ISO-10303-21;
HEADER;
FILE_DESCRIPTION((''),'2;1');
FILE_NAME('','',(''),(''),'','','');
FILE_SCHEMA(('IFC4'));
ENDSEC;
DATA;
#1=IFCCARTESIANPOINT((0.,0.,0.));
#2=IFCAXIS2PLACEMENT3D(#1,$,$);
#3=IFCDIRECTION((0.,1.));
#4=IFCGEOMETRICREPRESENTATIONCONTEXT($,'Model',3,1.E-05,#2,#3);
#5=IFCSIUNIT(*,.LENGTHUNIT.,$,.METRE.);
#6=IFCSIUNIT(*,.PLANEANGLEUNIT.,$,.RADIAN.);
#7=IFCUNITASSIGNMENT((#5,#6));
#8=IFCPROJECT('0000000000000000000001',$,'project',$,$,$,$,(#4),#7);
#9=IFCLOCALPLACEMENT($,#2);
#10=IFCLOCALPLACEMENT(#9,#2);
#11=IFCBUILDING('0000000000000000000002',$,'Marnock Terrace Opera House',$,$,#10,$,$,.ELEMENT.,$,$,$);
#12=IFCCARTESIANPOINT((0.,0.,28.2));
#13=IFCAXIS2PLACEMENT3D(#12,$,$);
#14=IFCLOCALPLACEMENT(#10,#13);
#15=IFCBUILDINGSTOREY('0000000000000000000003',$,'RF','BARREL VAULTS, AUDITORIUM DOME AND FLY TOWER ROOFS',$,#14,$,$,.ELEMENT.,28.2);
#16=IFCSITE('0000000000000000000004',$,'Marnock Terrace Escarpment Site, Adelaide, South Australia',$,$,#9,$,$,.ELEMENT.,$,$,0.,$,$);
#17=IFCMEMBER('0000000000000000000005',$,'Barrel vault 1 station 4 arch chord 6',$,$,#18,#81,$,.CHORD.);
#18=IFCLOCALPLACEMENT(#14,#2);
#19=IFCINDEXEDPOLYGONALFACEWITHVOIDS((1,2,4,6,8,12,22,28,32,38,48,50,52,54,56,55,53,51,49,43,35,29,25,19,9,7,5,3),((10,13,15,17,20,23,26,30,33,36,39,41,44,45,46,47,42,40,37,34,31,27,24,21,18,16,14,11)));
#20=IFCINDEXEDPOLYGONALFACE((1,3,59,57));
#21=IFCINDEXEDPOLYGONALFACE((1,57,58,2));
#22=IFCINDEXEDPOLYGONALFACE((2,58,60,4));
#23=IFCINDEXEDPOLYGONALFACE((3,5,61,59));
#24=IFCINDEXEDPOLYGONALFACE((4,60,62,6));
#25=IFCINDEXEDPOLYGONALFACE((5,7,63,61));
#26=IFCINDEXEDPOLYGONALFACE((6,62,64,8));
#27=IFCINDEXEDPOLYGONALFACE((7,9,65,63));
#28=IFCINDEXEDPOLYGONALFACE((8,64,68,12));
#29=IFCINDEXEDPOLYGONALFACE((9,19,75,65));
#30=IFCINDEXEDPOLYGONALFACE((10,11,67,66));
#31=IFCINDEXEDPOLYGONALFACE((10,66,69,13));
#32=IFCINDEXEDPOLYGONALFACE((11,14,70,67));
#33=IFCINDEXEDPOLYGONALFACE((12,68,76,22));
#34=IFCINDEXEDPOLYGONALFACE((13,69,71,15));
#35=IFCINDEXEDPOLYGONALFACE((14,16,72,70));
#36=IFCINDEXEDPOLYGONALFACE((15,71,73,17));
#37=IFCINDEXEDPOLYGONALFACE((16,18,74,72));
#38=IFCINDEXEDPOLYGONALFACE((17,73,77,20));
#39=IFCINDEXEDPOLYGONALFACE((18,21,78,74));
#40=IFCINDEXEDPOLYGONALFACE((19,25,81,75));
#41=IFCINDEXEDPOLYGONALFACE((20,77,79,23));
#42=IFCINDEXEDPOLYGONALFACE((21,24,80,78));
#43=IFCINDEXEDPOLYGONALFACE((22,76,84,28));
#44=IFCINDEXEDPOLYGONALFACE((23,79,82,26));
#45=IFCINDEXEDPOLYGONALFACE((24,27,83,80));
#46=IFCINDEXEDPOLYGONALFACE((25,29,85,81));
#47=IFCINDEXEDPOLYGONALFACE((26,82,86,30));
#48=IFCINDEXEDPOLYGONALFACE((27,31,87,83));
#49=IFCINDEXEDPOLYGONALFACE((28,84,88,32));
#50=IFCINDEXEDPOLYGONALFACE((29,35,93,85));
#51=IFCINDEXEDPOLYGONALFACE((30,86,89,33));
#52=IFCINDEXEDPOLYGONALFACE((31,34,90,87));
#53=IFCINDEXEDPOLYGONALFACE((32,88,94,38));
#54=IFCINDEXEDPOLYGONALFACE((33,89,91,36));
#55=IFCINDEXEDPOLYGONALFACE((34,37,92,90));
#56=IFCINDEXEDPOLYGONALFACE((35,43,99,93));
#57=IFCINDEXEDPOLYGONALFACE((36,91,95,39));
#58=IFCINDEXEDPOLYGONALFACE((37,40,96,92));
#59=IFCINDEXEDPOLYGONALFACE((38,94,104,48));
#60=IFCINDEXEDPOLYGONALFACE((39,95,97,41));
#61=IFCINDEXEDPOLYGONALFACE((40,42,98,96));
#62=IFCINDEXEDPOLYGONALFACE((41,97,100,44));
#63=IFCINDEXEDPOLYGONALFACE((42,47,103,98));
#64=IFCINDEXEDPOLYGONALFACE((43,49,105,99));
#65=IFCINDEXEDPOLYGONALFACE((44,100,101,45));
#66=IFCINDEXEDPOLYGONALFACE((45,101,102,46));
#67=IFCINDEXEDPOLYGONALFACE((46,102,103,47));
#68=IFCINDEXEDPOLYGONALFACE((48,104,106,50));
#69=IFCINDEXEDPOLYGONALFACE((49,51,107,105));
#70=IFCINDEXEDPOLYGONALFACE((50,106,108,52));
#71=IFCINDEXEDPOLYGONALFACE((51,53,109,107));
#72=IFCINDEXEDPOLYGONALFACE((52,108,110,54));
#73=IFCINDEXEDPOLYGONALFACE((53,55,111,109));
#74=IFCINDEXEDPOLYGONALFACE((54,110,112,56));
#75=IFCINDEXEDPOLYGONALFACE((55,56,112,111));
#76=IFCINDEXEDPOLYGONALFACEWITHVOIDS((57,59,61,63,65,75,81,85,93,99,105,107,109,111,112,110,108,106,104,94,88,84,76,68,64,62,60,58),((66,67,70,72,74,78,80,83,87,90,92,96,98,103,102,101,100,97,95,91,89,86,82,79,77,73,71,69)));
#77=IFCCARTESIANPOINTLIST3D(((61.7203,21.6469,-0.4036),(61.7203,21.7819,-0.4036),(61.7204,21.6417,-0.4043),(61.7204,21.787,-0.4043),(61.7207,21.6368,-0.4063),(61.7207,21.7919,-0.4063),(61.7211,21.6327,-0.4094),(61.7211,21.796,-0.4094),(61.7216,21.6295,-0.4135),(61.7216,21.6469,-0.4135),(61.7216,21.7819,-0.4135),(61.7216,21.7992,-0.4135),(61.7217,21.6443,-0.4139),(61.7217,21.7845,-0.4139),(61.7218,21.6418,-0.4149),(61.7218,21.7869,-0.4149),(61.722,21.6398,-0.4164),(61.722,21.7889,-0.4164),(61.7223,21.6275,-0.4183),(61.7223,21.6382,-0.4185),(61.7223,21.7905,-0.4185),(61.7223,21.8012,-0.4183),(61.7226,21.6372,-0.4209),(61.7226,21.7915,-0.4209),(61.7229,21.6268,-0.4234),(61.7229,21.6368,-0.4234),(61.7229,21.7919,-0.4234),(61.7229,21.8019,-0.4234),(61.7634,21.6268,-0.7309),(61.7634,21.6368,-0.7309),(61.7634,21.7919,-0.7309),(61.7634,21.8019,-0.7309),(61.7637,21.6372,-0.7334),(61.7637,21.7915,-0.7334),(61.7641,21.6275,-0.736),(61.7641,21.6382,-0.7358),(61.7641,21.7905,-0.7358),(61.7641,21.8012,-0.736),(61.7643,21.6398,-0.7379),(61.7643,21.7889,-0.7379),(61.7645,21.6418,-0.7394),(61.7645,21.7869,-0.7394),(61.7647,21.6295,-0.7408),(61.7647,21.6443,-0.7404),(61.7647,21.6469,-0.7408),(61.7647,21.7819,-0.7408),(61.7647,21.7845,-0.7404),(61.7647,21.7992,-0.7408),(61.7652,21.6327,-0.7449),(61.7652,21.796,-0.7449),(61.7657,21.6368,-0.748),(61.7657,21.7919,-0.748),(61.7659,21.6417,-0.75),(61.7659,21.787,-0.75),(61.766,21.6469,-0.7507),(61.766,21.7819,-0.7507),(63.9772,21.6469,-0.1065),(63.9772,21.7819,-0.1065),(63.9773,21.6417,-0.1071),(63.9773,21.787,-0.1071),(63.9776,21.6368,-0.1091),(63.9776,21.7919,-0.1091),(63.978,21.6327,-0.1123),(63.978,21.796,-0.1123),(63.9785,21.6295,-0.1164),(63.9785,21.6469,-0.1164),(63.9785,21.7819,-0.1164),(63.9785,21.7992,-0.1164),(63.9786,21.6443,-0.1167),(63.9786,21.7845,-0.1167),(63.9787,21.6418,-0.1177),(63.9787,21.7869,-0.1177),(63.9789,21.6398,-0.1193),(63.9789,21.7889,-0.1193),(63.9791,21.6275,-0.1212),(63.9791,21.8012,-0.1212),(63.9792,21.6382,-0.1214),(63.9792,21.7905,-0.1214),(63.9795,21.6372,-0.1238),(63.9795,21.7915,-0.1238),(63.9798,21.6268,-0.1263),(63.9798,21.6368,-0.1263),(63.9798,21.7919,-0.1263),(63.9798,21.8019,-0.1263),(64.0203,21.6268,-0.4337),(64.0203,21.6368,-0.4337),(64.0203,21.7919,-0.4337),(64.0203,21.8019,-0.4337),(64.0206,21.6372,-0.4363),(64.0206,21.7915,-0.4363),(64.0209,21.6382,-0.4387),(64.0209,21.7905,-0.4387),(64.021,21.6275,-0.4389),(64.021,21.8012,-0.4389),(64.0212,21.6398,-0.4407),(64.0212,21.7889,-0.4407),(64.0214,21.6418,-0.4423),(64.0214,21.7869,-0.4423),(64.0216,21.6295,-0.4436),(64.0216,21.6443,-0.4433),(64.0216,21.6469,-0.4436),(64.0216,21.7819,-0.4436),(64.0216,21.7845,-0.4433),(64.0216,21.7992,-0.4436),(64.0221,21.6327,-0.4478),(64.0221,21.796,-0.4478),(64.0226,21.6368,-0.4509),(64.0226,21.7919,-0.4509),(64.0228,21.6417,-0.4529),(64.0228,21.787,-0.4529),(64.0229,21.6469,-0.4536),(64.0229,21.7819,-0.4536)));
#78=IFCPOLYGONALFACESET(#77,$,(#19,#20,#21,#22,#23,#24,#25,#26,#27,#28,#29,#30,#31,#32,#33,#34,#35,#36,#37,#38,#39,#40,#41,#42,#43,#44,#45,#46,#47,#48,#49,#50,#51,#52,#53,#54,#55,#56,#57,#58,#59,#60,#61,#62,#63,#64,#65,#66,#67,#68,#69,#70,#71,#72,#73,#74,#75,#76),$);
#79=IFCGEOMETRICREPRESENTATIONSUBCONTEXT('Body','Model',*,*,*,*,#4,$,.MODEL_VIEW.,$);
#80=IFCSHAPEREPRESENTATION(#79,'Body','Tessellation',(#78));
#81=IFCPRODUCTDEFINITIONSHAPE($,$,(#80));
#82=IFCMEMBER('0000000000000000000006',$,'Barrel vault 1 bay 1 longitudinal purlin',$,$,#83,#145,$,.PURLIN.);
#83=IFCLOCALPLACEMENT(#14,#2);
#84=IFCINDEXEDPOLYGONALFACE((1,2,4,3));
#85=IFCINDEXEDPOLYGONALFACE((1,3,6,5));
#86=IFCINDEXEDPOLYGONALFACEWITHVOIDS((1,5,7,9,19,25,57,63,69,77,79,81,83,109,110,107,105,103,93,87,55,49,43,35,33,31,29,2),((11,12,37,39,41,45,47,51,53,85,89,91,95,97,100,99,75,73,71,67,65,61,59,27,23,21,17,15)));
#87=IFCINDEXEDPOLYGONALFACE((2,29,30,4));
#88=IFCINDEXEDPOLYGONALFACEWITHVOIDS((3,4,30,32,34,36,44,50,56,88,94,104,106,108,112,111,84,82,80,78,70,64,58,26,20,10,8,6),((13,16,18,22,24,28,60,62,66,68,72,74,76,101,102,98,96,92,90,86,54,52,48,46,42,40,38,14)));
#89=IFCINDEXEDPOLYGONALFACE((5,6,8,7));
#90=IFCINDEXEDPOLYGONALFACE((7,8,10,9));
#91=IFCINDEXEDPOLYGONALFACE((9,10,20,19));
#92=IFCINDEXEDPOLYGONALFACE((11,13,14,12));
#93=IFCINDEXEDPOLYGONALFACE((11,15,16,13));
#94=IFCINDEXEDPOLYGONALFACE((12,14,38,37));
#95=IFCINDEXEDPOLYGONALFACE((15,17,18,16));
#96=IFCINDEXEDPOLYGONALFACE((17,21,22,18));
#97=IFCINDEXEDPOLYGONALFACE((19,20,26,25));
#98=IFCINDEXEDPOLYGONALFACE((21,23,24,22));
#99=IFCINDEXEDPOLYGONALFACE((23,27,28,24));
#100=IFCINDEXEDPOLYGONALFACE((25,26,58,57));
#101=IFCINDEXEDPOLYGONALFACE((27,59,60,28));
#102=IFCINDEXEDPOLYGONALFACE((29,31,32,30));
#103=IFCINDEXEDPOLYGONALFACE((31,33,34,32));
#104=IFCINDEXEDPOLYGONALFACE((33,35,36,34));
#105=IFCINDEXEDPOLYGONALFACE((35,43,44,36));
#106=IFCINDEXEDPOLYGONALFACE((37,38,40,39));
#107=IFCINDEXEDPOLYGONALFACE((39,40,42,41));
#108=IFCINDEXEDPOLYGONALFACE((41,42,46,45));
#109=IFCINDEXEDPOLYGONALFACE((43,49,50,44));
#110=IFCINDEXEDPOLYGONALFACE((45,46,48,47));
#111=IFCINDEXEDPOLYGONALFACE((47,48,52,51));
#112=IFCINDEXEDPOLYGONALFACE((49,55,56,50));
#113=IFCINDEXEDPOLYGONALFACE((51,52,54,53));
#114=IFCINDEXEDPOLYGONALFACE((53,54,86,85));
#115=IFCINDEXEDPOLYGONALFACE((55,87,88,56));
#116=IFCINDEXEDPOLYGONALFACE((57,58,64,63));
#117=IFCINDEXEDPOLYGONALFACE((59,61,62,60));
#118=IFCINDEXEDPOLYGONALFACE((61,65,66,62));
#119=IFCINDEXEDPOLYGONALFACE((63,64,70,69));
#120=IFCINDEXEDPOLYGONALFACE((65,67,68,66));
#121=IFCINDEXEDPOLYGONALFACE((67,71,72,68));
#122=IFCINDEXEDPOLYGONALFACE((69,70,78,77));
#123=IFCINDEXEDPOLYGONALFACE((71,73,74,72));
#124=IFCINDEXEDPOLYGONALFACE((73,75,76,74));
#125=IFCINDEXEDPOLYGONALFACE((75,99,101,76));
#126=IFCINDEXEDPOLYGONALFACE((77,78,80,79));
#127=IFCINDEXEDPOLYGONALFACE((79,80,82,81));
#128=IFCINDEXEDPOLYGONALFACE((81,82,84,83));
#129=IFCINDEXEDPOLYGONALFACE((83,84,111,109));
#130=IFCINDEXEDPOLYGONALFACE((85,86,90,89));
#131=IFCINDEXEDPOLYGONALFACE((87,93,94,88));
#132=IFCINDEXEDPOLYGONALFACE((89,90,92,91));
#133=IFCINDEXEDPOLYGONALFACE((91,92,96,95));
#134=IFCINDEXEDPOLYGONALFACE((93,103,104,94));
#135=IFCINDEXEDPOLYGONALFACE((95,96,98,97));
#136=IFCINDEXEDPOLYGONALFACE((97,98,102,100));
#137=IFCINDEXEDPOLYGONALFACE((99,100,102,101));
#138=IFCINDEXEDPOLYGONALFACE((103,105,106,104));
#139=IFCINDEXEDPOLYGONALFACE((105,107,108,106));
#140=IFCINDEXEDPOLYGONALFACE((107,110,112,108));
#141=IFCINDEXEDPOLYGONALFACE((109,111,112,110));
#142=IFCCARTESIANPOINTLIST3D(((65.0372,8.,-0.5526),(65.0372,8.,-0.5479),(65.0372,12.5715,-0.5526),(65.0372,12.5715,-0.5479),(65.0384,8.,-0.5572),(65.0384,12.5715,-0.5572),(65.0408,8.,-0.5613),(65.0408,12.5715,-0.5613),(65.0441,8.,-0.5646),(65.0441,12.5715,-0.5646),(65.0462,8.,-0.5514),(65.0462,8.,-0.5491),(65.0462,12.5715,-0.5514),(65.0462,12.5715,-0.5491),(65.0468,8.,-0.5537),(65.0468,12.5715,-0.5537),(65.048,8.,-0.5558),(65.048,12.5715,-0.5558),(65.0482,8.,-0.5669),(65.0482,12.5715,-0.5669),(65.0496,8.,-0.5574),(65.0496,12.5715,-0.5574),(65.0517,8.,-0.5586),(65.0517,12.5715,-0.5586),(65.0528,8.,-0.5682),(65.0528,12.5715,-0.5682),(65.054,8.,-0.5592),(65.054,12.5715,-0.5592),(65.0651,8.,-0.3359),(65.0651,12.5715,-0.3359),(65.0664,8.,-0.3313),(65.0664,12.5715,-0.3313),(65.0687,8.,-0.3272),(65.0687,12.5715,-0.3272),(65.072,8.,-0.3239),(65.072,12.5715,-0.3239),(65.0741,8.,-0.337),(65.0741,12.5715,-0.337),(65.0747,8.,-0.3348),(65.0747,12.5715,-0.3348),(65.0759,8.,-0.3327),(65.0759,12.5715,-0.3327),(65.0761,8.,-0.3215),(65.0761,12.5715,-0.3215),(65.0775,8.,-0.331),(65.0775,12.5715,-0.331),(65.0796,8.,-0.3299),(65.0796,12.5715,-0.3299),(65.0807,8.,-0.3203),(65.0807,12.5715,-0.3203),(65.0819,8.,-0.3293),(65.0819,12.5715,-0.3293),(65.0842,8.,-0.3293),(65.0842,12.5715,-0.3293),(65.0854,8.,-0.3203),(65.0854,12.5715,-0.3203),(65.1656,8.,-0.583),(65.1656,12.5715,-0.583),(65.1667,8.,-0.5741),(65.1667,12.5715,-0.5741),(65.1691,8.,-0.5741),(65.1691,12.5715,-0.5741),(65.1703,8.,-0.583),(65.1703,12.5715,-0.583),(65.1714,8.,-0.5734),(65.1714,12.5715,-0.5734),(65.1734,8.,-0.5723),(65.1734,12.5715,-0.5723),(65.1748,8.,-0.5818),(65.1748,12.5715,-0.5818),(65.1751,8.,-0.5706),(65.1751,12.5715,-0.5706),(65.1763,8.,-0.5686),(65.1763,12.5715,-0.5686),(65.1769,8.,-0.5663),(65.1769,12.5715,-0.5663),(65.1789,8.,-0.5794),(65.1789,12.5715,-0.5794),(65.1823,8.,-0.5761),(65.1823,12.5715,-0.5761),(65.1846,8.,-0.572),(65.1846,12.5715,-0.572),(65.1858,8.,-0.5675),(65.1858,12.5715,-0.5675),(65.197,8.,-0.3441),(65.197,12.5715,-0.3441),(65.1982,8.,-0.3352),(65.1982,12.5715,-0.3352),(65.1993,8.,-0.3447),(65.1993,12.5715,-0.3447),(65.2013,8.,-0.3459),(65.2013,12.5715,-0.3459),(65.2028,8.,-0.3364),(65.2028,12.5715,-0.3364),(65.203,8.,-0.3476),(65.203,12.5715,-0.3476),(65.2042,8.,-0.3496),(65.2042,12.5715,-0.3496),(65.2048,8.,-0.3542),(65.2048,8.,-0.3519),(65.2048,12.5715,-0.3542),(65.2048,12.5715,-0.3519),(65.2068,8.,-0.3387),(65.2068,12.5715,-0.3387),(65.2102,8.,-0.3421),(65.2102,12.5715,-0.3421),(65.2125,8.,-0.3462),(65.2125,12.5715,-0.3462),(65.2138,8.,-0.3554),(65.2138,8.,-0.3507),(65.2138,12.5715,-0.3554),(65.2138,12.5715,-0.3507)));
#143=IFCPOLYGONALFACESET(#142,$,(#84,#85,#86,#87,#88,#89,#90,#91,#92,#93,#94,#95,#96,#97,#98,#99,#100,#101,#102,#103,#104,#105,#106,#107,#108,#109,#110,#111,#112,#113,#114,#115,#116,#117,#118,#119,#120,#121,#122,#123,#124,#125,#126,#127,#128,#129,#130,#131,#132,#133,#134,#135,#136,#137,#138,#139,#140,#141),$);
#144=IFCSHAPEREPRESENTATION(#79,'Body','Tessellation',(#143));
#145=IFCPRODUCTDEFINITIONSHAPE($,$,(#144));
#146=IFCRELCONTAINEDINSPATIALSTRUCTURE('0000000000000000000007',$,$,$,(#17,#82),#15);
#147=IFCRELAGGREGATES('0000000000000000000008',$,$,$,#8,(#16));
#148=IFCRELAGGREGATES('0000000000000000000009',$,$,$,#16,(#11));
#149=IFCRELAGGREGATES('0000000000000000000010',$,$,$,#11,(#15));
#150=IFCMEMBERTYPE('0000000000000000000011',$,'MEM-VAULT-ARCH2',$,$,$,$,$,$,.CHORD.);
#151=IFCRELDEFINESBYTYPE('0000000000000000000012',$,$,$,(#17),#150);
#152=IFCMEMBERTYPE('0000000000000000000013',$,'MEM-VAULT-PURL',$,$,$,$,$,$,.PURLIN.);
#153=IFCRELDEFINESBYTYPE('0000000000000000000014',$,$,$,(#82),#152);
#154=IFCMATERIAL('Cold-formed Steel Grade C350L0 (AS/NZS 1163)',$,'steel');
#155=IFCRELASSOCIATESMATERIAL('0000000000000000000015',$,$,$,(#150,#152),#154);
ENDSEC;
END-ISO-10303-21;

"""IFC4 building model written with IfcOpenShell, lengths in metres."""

from ifc_helpers import new_model, si_unit, direction, frame, origin, origin_2d, place, context, subcontext, project, spatial, hollow_rectangle, extrude, material, material_profile, profile_set, type_object, element, save


model = new_model("IFC4")

# Units and contexts
model_context = context("Model", 3, precision=1e-05, world=origin(), true_north=direction((0.0, 1.0)))
body_context = subcontext(model_context, "Body", "Model", "MODEL_VIEW")
ifc_project = project(units=[si_unit("LENGTHUNIT", "METRE"), si_unit("PLANEANGLEUNIT", "RADIAN")], contexts=[model_context])

# Site, building, storey
site_placement = place(None, origin())
site = spatial("IfcSite", under=ifc_project, at=site_placement, Name="Marnock Terrace Escarpment Site, Adelaide, South Australia", CompositionType="ELEMENT", RefElevation=0.0)
building_placement = place(site_placement, origin())
building = spatial("IfcBuilding", under=site, at=building_placement, Name="Marnock Terrace Opera House", CompositionType="ELEMENT")
storey_placement = place(building_placement, frame((0.0, 0.0, 28.2)))
storey = spatial("IfcBuildingStorey", under=building, at=storey_placement, Name="RF", Description="BARREL VAULTS, AUDITORIUM DOME AND FLY TOWER ROOFS", CompositionType="ELEMENT", Elevation=28.2)

# Members
ifc_material_1 = material(Name="Cold-formed Steel Grade C350L0 (AS/NZS 1163)", Category="steel")
ifc_material_profile_1 = material_profile(ifc_material_1, hollow_rectangle(XDim=0.175, YDim=0.3501, WallThickness=0.01, InnerFilletRadius=0.01, OuterFilletRadius=0.02, at=origin_2d()))
ifc_profile_set_1 = profile_set([ifc_material_profile_1], Name="Cold-formed Steel Grade C350L0 (AS/NZS 1163)")
member_type_1 = type_object("IfcMemberType", Name="MEM-VAULT-ARCH2", PredefinedType="CHORD", material=ifc_profile_set_1)
for number, where, z_axis, x_axis, name in (
    (1, (61.7432, 21.7144, -0.5771), (0.991445, 0.0, 0.130527), (0.0, 1.0, 0.0), "Barrel vault 1 station 4 arch chord 6"),
):
    element("IfcMember", number, at=place(storey_placement, frame(where, z_axis=z_axis, x_axis=x_axis)), inside=storey, type_object=member_type_1, Name=name, PredefinedType="CHORD", context=body_context, shape_type="SweptSolid", body=[
        extrude(hollow_rectangle(XDim=0.175, YDim=0.3501, WallThickness=0.01, InnerFilletRadius=0.01, OuterFilletRadius=0.02, at=origin_2d()), origin(), (0.0, 0.0, 1.0), 2.2764),
    ])
ifc_material_profile_2 = material_profile(ifc_material_1, hollow_rectangle(XDim=0.1499, YDim=0.25, WallThickness=0.009, InnerFilletRadius=0.009, OuterFilletRadius=0.0181, at=origin_2d()))
ifc_profile_set_2 = profile_set([ifc_material_profile_2], Name="Cold-formed Steel Grade C350L0 (AS/NZS 1163)")
member_type_2 = type_object("IfcMemberType", Name="MEM-VAULT-PURL", PredefinedType="PURLIN", material=ifc_profile_set_2)
for number, where, z_axis, x_axis, name in (
    (2, (65.1255, 8.0, -0.4517), (0.0, 1.0, 0.0), (-0.991445, 0.0, 0.130526), "Barrel vault 1 bay 1 longitudinal purlin"),
):
    element("IfcMember", number, at=place(storey_placement, frame(where, z_axis=z_axis, x_axis=x_axis)), inside=storey, type_object=member_type_2, Name=name, PredefinedType="PURLIN", context=body_context, shape_type="SweptSolid", body=[
        extrude(hollow_rectangle(XDim=0.1499, YDim=0.25, WallThickness=0.009, InnerFilletRadius=0.009, OuterFilletRadius=0.0181, at=origin_2d()), origin(), (0.0, 0.0, 1.0), 4.5715),
    ])

save(model, "model.ifc")
